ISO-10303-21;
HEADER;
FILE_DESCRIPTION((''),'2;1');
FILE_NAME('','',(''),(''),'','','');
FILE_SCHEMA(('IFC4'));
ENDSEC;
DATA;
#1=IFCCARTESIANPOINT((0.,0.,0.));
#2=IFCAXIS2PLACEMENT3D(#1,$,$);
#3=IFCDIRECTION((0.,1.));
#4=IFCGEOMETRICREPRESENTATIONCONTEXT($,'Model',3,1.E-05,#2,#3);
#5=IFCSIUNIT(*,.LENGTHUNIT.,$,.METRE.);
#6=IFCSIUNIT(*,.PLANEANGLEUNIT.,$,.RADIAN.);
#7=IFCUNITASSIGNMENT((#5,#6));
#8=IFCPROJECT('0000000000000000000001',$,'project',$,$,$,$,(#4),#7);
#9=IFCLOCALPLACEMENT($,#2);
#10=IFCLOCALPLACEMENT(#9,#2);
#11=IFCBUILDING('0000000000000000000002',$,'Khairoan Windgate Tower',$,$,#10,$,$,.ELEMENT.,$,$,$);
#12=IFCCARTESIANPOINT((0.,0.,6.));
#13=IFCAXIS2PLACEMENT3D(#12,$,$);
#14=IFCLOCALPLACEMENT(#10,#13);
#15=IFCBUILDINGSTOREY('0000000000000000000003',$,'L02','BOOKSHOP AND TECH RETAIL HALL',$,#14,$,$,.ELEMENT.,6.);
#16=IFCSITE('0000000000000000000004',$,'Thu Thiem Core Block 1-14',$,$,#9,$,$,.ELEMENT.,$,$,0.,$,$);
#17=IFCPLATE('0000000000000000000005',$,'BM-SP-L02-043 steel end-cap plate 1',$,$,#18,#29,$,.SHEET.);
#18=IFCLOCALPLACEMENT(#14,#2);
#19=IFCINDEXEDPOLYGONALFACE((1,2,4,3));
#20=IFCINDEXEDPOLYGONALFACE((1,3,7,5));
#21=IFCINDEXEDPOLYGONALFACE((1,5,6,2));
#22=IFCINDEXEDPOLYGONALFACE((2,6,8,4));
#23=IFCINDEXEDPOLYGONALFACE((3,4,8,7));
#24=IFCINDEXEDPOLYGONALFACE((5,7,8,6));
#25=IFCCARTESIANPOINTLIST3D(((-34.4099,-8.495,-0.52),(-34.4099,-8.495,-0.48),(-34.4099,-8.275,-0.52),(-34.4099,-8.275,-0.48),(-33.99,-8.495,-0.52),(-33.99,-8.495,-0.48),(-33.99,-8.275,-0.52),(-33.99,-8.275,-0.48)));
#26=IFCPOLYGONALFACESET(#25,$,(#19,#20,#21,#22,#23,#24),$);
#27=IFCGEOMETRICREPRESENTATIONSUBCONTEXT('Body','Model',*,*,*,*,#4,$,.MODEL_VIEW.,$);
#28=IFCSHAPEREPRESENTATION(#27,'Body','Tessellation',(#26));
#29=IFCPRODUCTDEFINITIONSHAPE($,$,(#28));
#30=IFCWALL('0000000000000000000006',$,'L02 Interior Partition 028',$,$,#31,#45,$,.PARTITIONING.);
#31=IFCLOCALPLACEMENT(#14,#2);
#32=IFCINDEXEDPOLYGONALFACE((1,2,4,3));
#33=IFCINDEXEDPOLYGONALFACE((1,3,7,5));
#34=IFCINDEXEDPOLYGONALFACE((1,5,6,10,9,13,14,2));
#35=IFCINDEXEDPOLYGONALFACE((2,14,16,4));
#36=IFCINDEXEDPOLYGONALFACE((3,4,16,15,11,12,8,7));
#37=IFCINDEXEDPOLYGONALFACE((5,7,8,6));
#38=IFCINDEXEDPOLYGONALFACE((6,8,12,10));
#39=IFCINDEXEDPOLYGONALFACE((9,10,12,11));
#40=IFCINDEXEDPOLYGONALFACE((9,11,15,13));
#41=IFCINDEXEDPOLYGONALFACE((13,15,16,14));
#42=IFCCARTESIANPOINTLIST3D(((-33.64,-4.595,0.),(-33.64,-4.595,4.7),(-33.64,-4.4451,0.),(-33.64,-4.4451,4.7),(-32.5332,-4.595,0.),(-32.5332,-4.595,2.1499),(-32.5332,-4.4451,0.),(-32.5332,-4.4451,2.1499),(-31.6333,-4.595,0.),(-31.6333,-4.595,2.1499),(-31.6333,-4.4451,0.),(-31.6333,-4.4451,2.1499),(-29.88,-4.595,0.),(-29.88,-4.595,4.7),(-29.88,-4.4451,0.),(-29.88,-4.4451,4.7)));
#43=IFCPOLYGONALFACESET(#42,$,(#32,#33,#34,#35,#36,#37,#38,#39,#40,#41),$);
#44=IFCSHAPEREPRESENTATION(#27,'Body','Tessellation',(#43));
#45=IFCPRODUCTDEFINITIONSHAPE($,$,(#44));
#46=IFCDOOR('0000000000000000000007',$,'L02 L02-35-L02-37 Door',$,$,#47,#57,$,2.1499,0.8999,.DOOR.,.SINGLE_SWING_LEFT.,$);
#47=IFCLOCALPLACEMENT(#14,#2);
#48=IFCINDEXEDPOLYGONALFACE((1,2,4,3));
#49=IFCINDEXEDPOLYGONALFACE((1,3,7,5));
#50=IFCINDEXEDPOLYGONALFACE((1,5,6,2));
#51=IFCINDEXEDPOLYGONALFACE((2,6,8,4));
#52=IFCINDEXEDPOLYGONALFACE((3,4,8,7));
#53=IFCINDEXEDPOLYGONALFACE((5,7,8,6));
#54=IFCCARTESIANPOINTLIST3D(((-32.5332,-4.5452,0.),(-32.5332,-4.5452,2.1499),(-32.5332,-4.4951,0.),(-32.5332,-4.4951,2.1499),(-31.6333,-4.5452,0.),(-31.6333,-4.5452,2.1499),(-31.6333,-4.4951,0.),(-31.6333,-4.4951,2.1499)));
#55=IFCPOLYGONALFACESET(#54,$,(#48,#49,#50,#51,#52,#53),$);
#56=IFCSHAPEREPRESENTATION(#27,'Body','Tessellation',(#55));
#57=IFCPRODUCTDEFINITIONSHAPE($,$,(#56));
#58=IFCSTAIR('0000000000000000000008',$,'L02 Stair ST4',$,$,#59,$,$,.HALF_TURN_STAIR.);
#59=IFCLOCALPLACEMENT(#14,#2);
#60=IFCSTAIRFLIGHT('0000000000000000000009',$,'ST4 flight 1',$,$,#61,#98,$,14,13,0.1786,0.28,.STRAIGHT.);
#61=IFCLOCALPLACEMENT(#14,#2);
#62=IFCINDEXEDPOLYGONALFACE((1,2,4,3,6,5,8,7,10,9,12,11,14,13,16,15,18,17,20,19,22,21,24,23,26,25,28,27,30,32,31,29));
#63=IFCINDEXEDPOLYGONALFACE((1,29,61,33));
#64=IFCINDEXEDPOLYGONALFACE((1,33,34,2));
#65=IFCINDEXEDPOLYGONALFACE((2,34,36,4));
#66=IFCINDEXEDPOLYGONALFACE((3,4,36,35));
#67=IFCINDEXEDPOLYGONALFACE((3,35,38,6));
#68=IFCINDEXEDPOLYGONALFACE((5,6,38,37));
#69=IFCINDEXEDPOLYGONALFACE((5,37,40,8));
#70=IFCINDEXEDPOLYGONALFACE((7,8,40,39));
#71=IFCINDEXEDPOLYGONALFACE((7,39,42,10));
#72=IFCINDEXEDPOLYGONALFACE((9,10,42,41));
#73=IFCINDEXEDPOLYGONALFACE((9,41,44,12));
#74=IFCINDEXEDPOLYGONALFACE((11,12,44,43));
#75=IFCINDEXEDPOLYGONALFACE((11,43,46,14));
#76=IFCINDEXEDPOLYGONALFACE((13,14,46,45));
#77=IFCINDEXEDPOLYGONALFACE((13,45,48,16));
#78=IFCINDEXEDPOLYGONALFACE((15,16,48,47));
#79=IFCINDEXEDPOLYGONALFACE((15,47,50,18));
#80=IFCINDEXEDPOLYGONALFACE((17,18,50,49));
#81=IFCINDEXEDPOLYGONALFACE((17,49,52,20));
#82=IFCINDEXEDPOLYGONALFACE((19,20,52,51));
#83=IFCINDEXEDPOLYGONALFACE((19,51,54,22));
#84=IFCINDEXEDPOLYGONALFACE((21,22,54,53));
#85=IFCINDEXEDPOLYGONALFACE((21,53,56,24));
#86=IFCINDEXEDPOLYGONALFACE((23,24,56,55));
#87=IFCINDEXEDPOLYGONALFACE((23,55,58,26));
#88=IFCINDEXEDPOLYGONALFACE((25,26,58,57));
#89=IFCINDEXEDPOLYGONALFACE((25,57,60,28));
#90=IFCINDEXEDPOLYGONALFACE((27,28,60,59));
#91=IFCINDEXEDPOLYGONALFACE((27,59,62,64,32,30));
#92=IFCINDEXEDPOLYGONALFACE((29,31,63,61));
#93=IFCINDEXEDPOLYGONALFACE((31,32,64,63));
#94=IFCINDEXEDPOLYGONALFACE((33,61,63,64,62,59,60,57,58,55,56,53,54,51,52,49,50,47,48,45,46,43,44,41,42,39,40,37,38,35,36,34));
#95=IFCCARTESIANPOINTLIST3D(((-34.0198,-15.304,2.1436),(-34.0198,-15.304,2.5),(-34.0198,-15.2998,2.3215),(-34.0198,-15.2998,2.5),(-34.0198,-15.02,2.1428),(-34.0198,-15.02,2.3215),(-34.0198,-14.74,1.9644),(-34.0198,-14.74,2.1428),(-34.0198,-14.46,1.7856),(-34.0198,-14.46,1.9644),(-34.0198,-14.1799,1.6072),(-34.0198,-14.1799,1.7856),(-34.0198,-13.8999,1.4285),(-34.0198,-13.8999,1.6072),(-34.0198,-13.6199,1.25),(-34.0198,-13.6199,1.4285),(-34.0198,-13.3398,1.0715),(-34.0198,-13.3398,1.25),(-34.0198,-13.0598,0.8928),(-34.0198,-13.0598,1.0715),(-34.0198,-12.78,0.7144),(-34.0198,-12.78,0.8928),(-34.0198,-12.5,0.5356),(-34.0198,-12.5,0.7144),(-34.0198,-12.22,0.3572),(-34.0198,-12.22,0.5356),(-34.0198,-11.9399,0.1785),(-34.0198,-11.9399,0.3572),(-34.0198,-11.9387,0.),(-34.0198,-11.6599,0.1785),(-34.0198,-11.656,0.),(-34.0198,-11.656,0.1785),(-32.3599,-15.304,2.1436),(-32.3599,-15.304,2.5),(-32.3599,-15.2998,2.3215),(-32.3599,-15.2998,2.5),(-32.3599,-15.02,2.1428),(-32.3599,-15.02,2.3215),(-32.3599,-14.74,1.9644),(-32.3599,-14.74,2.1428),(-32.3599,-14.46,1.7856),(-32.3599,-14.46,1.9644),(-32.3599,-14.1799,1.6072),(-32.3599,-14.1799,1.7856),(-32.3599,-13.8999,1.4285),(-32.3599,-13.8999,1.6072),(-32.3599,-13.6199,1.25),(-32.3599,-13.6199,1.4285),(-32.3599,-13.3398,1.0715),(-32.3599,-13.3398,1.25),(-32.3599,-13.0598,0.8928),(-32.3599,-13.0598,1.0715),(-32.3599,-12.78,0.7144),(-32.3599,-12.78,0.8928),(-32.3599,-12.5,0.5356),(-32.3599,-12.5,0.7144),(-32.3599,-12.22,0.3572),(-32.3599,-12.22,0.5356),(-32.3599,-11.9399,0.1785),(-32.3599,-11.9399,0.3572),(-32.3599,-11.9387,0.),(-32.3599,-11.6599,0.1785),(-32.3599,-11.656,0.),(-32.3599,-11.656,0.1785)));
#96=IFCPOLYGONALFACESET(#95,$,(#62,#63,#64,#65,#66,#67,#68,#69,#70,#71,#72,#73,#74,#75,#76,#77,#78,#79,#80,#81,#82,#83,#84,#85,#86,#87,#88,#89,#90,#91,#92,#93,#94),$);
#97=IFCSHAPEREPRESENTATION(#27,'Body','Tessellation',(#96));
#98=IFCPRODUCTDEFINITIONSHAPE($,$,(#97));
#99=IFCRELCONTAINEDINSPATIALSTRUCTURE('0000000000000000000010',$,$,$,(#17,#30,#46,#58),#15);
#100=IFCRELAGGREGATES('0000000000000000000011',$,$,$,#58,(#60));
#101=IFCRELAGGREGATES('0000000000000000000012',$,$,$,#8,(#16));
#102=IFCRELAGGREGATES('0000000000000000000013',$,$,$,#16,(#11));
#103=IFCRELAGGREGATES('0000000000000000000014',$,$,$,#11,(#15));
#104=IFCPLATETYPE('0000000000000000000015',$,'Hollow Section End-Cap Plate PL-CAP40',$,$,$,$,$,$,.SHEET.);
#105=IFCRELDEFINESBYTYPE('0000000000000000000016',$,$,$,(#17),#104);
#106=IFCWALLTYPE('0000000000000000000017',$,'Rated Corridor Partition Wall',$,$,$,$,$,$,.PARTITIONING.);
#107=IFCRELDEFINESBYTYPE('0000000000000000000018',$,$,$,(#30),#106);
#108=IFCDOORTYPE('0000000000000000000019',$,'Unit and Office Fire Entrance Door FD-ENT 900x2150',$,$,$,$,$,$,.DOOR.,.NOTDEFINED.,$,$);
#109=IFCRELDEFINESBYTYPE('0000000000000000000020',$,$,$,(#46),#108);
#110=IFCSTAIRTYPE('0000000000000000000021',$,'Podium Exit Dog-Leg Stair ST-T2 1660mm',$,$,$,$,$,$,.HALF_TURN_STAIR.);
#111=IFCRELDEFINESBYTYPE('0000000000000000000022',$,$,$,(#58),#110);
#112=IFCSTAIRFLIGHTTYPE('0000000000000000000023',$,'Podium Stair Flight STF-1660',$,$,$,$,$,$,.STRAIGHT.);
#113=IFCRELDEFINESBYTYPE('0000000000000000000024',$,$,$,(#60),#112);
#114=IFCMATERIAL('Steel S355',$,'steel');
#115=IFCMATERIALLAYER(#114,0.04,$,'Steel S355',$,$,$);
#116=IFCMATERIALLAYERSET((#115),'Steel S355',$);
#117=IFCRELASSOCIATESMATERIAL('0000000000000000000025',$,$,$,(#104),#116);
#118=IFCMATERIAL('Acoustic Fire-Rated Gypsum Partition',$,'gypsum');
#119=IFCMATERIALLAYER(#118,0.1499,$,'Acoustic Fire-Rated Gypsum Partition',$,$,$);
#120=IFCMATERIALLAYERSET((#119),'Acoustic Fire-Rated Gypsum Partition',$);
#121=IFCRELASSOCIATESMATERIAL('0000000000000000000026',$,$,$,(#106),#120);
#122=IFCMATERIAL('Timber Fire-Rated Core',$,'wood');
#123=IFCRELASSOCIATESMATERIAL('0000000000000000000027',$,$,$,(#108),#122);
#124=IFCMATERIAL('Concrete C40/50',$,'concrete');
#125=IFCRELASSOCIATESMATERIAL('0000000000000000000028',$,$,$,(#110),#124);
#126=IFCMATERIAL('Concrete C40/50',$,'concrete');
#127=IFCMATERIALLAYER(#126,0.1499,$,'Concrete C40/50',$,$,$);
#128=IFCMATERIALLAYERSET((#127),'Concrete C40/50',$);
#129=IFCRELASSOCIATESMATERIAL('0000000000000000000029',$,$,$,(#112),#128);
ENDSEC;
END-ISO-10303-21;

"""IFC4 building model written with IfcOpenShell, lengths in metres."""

from ifc_helpers import new_model, si_unit, direction, frame, frame_2d, origin, origin_2d, place, context, subcontext, project, spatial, polyline, rectangle, outline, extrude, material, layer, layer_set, type_object, element, fill, aggregate, save


model = new_model("IFC4")

# Units and contexts
model_context = context("Model", 3, precision=1e-05, world=origin(), true_north=direction((0.0, 1.0)))
body_context = subcontext(model_context, "Body", "Model", "MODEL_VIEW")
ifc_project = project(units=[si_unit("LENGTHUNIT", "METRE"), si_unit("PLANEANGLEUNIT", "RADIAN")], contexts=[model_context])

# Site, building, storey
site_placement = place(None, origin())
site = spatial("IfcSite", under=ifc_project, at=site_placement, Name="Thu Thiem Core Block 1-14", CompositionType="ELEMENT", RefElevation=0.0)
building_placement = place(site_placement, origin())
building = spatial("IfcBuilding", under=site, at=building_placement, Name="Khairoan Windgate Tower", CompositionType="ELEMENT")
storey_placement = place(building_placement, frame((0.0, 0.0, 6.0)))
storey = spatial("IfcBuildingStorey", under=building, at=storey_placement, Name="L02", Description="BOOKSHOP AND TECH RETAIL HALL", CompositionType="ELEMENT", Elevation=6.0)

# Plate
ifc_material_1 = material(Name="Steel S355", Category="steel")
ifc_layer_1 = layer(ifc_material_1, 0.04, Name="Steel S355")
ifc_layer_set_1 = layer_set([ifc_layer_1], Name="Steel S355")
plate_type = type_object("IfcPlateType", Name="Hollow Section End-Cap Plate PL-CAP40", PredefinedType="SHEET", material=ifc_layer_set_1)
plate_placement = place(storey_placement, frame((-34.2, -8.385, -0.52), z_axis=(0.0, 0.0, 1.0), x_axis=(0.0, 1.0, 0.0)))
element("IfcPlate", 1, at=plate_placement, inside=storey, type_object=plate_type, Name="BM-SP-L02-043 steel end-cap plate 1", PredefinedType="SHEET", context=body_context, shape_type="SweptSolid", body=[
    extrude(rectangle(XDim=0.22, YDim=0.4199, at=origin_2d()), origin(), (0.0, 0.0, 1.0), 0.04),
])

# Wall, opening, door
ifc_material_2 = material(Name="Acoustic Fire-Rated Gypsum Partition", Category="gypsum")
ifc_layer_2 = layer(ifc_material_2, 0.1499, Name="Acoustic Fire-Rated Gypsum Partition")
ifc_layer_set_2 = layer_set([ifc_layer_2], Name="Acoustic Fire-Rated Gypsum Partition")
wall_type = type_object("IfcWallType", Name="Rated Corridor Partition Wall", PredefinedType="PARTITIONING", material=ifc_layer_set_2)
wall_placement = place(storey_placement, frame((-33.6399, -4.52, 0.0), z_axis=(0.0, 0.0, 1.0), x_axis=(1.0, 0.0, 0.0)))
wall = element("IfcWall", 2, at=wall_placement, inside=storey, type_object=wall_type, Name="L02 Interior Partition 028", PredefinedType="PARTITIONING", context=body_context, shape_type="SweptSolid", body=[
    extrude(rectangle(XDim=3.76, YDim=0.1499, at=frame_2d((1.8799, 0.0))), origin(), (0.0, 0.0, 1.0), 4.7),
])
opening_placement = place(wall_placement, frame((1.1067, 0.0, 0.0)))
opening = element("IfcOpeningElement", 3, at=opening_placement, cuts=wall, PredefinedType="OPENING", context=body_context, shape_type="SweptSolid", body=[
    extrude(rectangle(XDim=0.8999, YDim=2.1499, at=frame_2d((0.45, 1.075))), frame((0.0, 0.085, 0.0), z_axis=(0.0, -1.0, 0.0), x_axis=(1.0, 0.0, 0.0)), (0.0, 0.0, 1.0), 0.1699),
])
ifc_material_3 = material(Name="Timber Fire-Rated Core", Category="wood")
door_type = type_object("IfcDoorType", Name="Unit and Office Fire Entrance Door FD-ENT 900x2150", OperationType="NOTDEFINED", PredefinedType="DOOR", material=ifc_material_3)
door_placement = place(opening_placement, origin())
door = element("IfcDoor", 4, at=door_placement, inside=storey, type_object=door_type, Name="L02 L02-35-L02-37 Door", OperationType="SINGLE_SWING_LEFT", OverallHeight=2.1499, OverallWidth=0.8999, PredefinedType="DOOR", context=body_context, shape_type="SweptSolid", body=[
    extrude(rectangle(XDim=0.8999, YDim=2.1499, at=frame_2d((0.45, 1.075))), frame((0.0, 0.0249, 0.0), z_axis=(0.0, -1.0, 0.0), x_axis=(1.0, 0.0, 0.0)), (0.0, 0.0, 1.0), 0.05),
])
fill(opening, door)

# Stair, stair flight
ifc_material_4 = material(Name="Concrete C40/50", Category="concrete")
stair_type = type_object("IfcStairType", Name="Podium Exit Dog-Leg Stair ST-T2 1660mm", PredefinedType="HALF_TURN_STAIR", material=ifc_material_4)
stair_placement = place(storey_placement, origin())
stair = element("IfcStair", 5, at=stair_placement, inside=storey, type_object=stair_type, Name="L02 Stair ST4", PredefinedType="HALF_TURN_STAIR")
ifc_material_5 = material(Name="Concrete C40/50", Category="concrete")
ifc_layer_3 = layer(ifc_material_5, 0.1499, Name="Concrete C40/50")
ifc_layer_set_3 = layer_set([ifc_layer_3], Name="Concrete C40/50")
stair_flight_type = type_object("IfcStairFlightType", Name="Podium Stair Flight STF-1660", PredefinedType="STRAIGHT", material=ifc_layer_set_3)
stair_flight_placement = place(storey_placement, frame((-33.1899, -11.6599, 0.0), z_axis=(0.0, 0.0, 1.0), x_axis=(0.0, -1.0, 0.0)))
stair_flight = element("IfcStairFlight", 6, at=stair_flight_placement, type_object=stair_flight_type, Name="ST4 flight 1", NumberOfRisers=14, NumberOfTreads=13, PredefinedType="STRAIGHT", RiserHeight=0.1786, TreadLength=0.28, context=body_context, shape_type="SweptSolid", body=[
    extrude(outline(polyline([(-0.0039, 0.0), (-0.0039, 0.1785), (0.0, 0.1785), (0.28, 0.1785), (0.28, 0.3572), (0.5601, 0.3572), (0.5601, 0.5356), (0.8401, 0.5356), (0.8401, 0.7144), (1.1201, 0.7144), (1.1201, 0.8928), (1.3999, 0.8928), (1.3999, 1.0715), (1.6799, 1.0715), (1.6799, 1.25), (1.96, 1.25), (1.96, 1.4285), (2.24, 1.4285), (2.24, 1.6072), (2.52, 1.6072), (2.52, 1.7856), (2.8, 1.7856), (2.8, 1.9644), (3.0801, 1.9644), (3.0801, 2.1428), (3.3601, 2.1428), (3.3601, 2.3215), (3.6399, 2.3215), (3.6399, 2.5), (3.644, 2.5), (3.644, 2.1436), (0.2788, 0.0), (-0.0039, 0.0)])), frame((0.0, 0.8301, 0.0), z_axis=(0.0, -1.0, 0.0), x_axis=(1.0, 0.0, 0.0)), (0.0, 0.0, 1.0), 1.6599),
])
aggregate(stair, [stair_flight])

save(model, "model.ifc")
